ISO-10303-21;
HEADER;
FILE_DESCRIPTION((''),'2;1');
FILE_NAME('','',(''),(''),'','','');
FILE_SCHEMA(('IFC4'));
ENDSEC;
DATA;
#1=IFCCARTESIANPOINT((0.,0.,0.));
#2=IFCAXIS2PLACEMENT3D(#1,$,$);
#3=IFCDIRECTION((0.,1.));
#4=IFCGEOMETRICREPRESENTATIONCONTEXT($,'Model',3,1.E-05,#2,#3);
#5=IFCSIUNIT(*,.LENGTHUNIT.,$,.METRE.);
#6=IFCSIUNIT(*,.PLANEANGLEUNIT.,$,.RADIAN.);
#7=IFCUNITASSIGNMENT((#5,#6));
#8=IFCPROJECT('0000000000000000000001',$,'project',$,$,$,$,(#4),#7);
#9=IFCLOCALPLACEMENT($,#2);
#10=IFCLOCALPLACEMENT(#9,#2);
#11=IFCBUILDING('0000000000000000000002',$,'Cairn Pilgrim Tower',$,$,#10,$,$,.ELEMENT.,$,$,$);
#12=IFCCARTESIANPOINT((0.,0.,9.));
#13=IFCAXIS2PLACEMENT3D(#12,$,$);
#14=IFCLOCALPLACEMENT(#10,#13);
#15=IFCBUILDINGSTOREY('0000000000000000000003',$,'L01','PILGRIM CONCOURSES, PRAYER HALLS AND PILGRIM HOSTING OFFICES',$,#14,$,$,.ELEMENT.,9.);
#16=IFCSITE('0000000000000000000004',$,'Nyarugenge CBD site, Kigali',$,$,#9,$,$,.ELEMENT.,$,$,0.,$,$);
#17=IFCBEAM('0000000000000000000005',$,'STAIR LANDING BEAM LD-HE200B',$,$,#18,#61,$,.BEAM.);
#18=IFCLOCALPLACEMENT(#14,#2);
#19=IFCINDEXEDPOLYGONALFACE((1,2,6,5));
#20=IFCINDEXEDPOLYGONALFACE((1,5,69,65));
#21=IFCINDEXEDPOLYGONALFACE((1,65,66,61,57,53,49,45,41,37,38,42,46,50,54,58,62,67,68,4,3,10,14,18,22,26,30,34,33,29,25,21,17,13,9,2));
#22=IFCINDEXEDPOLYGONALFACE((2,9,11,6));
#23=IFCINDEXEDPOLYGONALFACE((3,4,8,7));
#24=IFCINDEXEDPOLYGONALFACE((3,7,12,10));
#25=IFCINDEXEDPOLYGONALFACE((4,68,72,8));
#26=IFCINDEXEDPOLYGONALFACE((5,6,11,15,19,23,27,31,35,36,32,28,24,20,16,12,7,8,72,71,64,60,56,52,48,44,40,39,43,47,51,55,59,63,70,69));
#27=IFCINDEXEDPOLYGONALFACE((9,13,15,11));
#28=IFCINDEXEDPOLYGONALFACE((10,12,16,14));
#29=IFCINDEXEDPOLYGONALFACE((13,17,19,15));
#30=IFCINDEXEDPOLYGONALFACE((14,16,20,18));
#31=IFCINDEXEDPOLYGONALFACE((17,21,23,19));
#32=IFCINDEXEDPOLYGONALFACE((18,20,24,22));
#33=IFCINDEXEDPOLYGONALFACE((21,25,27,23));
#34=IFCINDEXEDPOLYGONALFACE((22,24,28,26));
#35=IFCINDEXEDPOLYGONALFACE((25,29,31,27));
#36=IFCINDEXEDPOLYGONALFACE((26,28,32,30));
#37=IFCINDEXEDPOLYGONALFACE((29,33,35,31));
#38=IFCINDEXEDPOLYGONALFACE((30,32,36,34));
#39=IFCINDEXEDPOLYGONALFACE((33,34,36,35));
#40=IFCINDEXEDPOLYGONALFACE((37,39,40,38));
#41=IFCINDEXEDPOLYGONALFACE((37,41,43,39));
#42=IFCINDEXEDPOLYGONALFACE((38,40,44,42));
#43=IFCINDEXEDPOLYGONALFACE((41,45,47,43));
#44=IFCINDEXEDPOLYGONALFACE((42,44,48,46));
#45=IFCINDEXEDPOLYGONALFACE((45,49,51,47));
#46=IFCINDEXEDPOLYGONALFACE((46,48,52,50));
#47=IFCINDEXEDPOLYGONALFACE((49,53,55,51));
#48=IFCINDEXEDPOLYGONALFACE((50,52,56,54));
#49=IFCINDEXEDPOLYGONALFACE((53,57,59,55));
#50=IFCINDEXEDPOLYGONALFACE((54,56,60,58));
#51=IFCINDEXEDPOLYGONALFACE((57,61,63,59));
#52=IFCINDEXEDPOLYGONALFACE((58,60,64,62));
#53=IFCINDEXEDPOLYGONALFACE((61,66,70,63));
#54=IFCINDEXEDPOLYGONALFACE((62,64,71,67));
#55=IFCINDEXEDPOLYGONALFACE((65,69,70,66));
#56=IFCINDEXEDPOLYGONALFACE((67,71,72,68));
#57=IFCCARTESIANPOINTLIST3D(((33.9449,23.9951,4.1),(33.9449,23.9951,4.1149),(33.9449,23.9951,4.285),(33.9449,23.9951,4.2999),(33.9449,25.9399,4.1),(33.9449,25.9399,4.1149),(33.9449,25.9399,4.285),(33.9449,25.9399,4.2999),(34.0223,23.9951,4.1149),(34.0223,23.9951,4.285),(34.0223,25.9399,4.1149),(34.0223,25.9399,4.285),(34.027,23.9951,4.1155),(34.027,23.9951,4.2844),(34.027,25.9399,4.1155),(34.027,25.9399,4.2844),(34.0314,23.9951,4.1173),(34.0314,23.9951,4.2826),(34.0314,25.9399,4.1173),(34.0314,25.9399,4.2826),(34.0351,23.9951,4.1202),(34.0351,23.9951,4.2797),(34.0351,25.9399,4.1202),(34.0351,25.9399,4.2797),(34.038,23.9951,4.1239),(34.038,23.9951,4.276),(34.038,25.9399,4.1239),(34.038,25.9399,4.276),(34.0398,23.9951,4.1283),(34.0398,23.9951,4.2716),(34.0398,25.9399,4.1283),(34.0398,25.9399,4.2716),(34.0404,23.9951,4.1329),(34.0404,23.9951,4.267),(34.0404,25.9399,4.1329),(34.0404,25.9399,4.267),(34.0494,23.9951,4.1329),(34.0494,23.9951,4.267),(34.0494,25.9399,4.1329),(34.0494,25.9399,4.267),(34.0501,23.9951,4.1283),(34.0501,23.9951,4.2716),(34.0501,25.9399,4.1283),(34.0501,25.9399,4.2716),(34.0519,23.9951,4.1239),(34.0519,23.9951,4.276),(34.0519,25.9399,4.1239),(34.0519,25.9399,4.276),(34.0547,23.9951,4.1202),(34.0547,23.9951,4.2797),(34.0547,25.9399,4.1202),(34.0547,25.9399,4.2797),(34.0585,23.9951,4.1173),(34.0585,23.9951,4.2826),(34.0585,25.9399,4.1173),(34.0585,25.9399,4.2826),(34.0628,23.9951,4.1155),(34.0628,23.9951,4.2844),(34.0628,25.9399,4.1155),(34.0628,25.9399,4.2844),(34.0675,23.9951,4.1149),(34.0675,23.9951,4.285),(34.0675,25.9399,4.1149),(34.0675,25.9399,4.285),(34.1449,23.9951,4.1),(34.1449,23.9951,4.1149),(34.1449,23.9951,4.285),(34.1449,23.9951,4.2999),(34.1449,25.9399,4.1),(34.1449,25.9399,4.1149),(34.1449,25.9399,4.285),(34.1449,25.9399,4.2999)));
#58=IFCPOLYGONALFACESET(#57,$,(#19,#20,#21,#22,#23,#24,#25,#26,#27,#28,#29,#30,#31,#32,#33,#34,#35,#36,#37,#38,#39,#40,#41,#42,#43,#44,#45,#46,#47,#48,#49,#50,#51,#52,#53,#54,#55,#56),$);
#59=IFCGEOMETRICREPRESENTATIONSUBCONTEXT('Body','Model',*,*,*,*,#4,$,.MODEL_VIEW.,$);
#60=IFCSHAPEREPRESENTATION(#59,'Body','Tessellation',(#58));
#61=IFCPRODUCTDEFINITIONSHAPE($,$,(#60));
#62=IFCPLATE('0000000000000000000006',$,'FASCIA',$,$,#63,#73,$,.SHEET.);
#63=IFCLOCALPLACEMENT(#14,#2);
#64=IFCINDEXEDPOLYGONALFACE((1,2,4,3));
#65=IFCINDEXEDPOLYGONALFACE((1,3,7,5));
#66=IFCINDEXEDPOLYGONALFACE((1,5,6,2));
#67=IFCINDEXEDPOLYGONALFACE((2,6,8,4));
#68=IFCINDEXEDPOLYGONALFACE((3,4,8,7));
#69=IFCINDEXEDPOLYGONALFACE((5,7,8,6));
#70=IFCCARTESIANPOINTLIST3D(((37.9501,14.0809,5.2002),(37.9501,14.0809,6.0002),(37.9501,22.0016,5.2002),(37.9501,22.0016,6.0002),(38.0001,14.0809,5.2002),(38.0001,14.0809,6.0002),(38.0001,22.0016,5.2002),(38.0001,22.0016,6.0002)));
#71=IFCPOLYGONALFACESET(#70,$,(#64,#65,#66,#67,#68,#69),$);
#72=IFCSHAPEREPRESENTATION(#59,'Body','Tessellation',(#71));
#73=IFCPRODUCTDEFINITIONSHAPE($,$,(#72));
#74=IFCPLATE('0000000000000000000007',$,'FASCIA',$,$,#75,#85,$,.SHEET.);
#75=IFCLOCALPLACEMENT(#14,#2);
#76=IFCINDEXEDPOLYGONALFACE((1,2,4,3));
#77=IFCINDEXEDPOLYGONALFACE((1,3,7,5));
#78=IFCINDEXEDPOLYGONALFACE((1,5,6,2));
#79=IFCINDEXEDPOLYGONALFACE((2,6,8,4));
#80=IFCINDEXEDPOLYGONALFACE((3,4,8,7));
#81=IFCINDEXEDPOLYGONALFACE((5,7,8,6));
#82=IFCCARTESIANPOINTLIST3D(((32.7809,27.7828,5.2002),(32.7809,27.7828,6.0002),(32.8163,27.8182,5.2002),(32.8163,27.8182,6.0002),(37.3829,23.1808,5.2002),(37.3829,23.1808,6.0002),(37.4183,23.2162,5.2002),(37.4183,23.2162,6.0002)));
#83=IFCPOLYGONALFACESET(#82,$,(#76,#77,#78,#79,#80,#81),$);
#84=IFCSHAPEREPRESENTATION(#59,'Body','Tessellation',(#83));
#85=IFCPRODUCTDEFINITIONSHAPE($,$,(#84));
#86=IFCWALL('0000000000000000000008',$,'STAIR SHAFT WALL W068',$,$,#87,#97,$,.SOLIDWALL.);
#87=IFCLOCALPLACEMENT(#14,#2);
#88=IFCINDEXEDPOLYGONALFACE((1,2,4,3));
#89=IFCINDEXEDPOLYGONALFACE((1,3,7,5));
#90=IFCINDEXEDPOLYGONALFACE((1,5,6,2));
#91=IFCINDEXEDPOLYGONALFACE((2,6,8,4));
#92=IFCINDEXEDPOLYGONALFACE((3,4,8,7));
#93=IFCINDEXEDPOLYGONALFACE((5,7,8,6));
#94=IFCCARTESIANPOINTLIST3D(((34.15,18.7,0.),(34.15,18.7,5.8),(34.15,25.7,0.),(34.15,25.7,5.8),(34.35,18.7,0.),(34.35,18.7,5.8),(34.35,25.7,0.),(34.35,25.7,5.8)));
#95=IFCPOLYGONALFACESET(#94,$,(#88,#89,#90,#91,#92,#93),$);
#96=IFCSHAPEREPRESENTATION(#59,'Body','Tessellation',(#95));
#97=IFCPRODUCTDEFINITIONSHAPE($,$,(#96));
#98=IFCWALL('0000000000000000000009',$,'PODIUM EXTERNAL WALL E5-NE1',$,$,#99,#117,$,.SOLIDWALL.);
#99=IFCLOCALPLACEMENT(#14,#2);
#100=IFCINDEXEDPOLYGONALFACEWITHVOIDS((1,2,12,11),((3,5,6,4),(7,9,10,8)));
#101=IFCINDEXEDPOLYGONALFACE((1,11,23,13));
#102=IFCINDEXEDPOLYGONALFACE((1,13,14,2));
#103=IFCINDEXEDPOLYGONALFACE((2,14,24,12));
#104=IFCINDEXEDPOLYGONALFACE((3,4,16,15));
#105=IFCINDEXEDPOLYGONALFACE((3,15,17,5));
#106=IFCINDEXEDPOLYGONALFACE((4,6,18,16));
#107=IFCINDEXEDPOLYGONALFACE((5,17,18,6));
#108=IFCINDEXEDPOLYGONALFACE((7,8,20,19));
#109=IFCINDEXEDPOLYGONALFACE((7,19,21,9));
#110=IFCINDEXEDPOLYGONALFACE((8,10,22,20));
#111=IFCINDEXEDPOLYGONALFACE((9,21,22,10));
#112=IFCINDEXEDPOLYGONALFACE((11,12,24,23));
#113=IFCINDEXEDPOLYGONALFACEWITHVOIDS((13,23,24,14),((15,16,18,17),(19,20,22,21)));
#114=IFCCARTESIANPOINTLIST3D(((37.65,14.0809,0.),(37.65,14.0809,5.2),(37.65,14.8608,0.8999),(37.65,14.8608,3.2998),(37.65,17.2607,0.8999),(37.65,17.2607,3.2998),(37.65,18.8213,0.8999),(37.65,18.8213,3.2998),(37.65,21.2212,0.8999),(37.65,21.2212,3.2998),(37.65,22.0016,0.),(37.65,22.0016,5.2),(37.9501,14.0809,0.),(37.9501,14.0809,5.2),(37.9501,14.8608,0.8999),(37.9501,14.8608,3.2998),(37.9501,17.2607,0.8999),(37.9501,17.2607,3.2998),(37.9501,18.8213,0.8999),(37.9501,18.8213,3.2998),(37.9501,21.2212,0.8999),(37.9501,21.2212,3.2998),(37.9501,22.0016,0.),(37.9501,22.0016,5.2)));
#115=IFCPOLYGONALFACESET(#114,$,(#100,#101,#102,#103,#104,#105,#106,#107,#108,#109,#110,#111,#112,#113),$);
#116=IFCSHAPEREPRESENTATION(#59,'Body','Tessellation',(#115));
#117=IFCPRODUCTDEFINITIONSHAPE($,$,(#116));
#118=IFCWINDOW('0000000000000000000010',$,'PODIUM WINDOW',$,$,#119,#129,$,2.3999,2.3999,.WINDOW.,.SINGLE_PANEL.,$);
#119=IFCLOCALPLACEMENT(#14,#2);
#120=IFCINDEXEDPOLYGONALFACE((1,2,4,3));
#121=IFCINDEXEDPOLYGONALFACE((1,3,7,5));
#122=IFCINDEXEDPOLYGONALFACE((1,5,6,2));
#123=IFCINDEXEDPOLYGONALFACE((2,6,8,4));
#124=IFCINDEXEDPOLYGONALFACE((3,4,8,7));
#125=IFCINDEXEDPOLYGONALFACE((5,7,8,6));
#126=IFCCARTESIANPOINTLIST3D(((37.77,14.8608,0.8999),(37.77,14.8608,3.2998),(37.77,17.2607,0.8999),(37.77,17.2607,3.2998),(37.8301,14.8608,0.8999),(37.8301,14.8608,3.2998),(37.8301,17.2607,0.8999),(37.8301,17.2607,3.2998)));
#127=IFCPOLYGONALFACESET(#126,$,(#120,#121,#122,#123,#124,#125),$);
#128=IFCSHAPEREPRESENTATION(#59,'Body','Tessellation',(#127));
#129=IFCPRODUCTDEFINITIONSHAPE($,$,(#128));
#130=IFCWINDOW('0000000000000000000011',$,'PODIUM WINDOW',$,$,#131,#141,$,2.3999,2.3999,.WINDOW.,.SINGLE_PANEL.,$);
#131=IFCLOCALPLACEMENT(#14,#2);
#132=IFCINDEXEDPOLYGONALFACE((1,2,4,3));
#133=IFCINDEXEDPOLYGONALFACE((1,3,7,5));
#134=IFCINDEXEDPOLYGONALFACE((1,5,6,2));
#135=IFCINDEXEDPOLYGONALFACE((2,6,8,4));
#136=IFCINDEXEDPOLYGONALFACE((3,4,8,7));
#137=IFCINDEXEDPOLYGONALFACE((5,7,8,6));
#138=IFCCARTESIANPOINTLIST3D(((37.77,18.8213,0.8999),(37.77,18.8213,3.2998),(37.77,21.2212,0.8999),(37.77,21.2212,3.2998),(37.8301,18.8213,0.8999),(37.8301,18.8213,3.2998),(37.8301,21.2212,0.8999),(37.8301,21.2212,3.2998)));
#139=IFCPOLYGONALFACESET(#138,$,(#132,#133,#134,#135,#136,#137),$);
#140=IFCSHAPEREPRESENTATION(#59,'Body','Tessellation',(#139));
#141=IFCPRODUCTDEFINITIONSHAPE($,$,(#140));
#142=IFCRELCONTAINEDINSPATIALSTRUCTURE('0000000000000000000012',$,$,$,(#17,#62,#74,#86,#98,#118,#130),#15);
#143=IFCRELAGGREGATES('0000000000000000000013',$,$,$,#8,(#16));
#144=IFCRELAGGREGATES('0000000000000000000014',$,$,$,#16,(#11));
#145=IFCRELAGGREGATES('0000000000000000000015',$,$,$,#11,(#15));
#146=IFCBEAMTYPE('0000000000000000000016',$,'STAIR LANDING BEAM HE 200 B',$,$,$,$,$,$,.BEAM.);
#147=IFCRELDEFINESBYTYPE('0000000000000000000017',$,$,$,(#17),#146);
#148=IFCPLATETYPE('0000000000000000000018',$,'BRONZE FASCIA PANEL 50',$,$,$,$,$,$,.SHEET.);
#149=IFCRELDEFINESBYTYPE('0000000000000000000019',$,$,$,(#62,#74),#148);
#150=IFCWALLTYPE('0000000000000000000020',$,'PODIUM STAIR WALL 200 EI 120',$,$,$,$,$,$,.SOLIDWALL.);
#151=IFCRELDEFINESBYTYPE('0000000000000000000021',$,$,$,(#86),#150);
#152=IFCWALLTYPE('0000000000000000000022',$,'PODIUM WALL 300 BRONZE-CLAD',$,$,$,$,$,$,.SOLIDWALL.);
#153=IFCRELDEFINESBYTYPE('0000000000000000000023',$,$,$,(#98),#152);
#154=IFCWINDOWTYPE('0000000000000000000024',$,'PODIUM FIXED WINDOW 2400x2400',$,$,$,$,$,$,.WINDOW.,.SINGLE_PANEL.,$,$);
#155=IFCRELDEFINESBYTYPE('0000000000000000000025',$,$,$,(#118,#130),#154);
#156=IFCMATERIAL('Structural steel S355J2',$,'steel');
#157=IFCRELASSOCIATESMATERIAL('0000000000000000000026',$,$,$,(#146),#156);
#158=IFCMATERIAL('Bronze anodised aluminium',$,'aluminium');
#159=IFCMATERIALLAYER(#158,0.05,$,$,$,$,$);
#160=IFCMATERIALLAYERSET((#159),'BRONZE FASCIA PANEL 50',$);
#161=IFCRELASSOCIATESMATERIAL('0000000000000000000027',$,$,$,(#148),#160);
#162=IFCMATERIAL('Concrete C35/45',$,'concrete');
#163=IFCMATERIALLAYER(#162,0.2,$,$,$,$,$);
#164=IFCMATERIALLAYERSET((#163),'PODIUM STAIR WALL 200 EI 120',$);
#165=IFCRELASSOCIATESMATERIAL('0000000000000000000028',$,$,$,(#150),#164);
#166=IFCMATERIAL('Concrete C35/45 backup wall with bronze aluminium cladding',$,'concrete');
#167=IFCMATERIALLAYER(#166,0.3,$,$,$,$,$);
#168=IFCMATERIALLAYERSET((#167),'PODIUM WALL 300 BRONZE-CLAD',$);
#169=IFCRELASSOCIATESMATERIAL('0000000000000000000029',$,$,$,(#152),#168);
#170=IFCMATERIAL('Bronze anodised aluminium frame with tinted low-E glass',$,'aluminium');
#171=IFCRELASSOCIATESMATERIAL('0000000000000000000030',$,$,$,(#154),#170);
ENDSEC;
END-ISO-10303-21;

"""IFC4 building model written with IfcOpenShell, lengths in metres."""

from ifc_helpers import new_model, si_unit, direction, frame, frame_2d, origin, origin_2d, place, context, subcontext, project, spatial, rectangle, i_section, extrude, material, layer, layer_set, material_profile, profile_set, type_object, element, fill, save


model = new_model("IFC4")

# Units and contexts
model_context = context("Model", 3, precision=1e-05, world=origin(), true_north=direction((0.0, 1.0)))
body_context = subcontext(model_context, "Body", "Model", "MODEL_VIEW")
ifc_project = project(units=[si_unit("LENGTHUNIT", "METRE"), si_unit("PLANEANGLEUNIT", "RADIAN")], contexts=[model_context])

# Site, building, storey
site_placement = place(None, origin())
site = spatial("IfcSite", under=ifc_project, at=site_placement, Name="Nyarugenge CBD site, Kigali", CompositionType="ELEMENT", RefElevation=0.0)
building_placement = place(site_placement, origin())
building = spatial("IfcBuilding", under=site, at=building_placement, Name="Cairn Pilgrim Tower", CompositionType="ELEMENT")
storey_placement = place(building_placement, frame((0.0, 0.0, 9.0)))
storey = spatial("IfcBuildingStorey", under=building, at=storey_placement, Name="L01", Description="PILGRIM CONCOURSES, PRAYER HALLS AND PILGRIM HOSTING OFFICES", CompositionType="ELEMENT", Elevation=9.0)

# Shared definitions
ifc_material_1 = material(Name="Structural steel S355J2", Category="steel")

# Beam
ifc_material_profile_1 = material_profile(ifc_material_1, i_section(OverallWidth=0.2, OverallDepth=0.2, WebThickness=0.009, FlangeThickness=0.0149, FilletRadius=0.0181, at=origin_2d()), Name="HE 200 B")
ifc_profile_set_1 = profile_set([ifc_material_profile_1], Name="Structural steel S355J2")
beam_type_1 = type_object("IfcBeamType", Name="STAIR LANDING BEAM HE 200 B", PredefinedType="BEAM", material=ifc_profile_set_1)
beam_1_placement = place(storey_placement, frame((34.0449, 25.9399, 4.2), z_axis=(0.0, -1.0, 0.0), x_axis=(1.0, 0.0, 0.0)))
element("IfcBeam", 1, at=beam_1_placement, inside=storey, type_object=beam_type_1, Name="STAIR LANDING BEAM LD-HE200B", PredefinedType="BEAM", context=body_context, shape_type="SweptSolid", body=[
    extrude(i_section(OverallWidth=0.2, OverallDepth=0.2, WebThickness=0.009, FlangeThickness=0.0149, FilletRadius=0.0181, at=origin_2d()), origin(), (0.0, 0.0, 1.0), 1.9448),
])

# Plates
ifc_material_2 = material(Name="Bronze anodised aluminium", Category="aluminium")
ifc_layer_1 = layer(ifc_material_2, 0.05)
ifc_layer_set_1 = layer_set([ifc_layer_1], Name="BRONZE FASCIA PANEL 50")
plate_type = type_object("IfcPlateType", Name="BRONZE FASCIA PANEL 50", PredefinedType="SHEET", material=ifc_layer_set_1)
plate_1_placement = place(storey_placement, frame((37.9751, 18.0413, 5.2002), z_axis=(0.0, 0.0, 1.0), x_axis=(0.0, 1.0, 0.0)))
element("IfcPlate", 2, at=plate_1_placement, inside=storey, type_object=plate_type, Name="FASCIA", PredefinedType="SHEET", context=body_context, shape_type="SweptSolid", body=[
    extrude(rectangle(XDim=7.9207, YDim=0.05, at=origin_2d()), origin(), (0.0, 0.0, 1.0), 0.8),
])
plate_2_placement = place(storey_placement, frame((35.0996, 25.4995, 5.2002), z_axis=(0.0, 0.0, 1.0), x_axis=(-0.707107, 0.707107, 0.0)))
element("IfcPlate", 3, at=plate_2_placement, inside=storey, type_object=plate_type, Name="FASCIA", PredefinedType="SHEET", context=body_context, shape_type="SweptSolid", body=[
    extrude(rectangle(XDim=6.5083, YDim=0.05, at=origin_2d()), origin(), (0.0, 0.0, 1.0), 0.8),
])

# Wall
ifc_material_3 = material(Name="Concrete C35/45", Category="concrete")
ifc_layer_2 = layer(ifc_material_3, 0.2)
ifc_layer_set_2 = layer_set([ifc_layer_2], Name="PODIUM STAIR WALL 200 EI 120")
wall_type_1 = type_object("IfcWallType", Name="PODIUM STAIR WALL 200 EI 120", PredefinedType="SOLIDWALL", material=ifc_layer_set_2)
wall_1_placement = place(storey_placement, frame((34.25, 18.7, 0.0), z_axis=(0.0, 0.0, 1.0), x_axis=(0.0, 1.0, 0.0)))
element("IfcWall", 4, at=wall_1_placement, inside=storey, type_object=wall_type_1, Name="STAIR SHAFT WALL W068", PredefinedType="SOLIDWALL", context=body_context, shape_type="SweptSolid", body=[
    extrude(rectangle(XDim=7.0, YDim=0.2, at=frame_2d((3.5, 0.0))), origin(), (0.0, 0.0, 1.0), 5.8),
])

# Wall, openings, windows
ifc_material_4 = material(Name="Concrete C35/45 backup wall with bronze aluminium cladding", Category="concrete")
ifc_layer_3 = layer(ifc_material_4, 0.3)
ifc_layer_set_3 = layer_set([ifc_layer_3], Name="PODIUM WALL 300 BRONZE-CLAD")
wall_type_2 = type_object("IfcWallType", Name="PODIUM WALL 300 BRONZE-CLAD", PredefinedType="SOLIDWALL", material=ifc_layer_set_3)
wall_2_placement = place(storey_placement, frame((37.8, 14.0808, 0.0), z_axis=(0.0, 0.0, 1.0), x_axis=(0.0, 1.0, 0.0)))
wall_2 = element("IfcWall", 5, at=wall_2_placement, inside=storey, type_object=wall_type_2, Name="PODIUM EXTERNAL WALL E5-NE1", PredefinedType="SOLIDWALL", context=body_context, shape_type="SweptSolid", body=[
    extrude(rectangle(XDim=7.9207, YDim=0.3, at=frame_2d((3.9604, 0.0))), origin(), (0.0, 0.0, 1.0), 5.2),
])
opening_1_placement = place(wall_2_placement, frame((0.78, 0.0, 0.8999)))
opening_1 = element("IfcOpeningElement", 6, at=opening_1_placement, cuts=wall_2, PredefinedType="OPENING", context=body_context, shape_type="SweptSolid", body=[
    extrude(rectangle(XDim=2.3999, YDim=2.3999, at=frame_2d((1.2, 1.2))), frame((0.0, 0.1602, 0.0), z_axis=(0.0, -1.0, 0.0), x_axis=(1.0, 0.0, 0.0)), (0.0, 0.0, 1.0), 0.3201),
])
opening_2_placement = place(wall_2_placement, frame((4.7405, 0.0, 0.8999)))
opening_2 = element("IfcOpeningElement", 7, at=opening_2_placement, cuts=wall_2, PredefinedType="OPENING", context=body_context, shape_type="SweptSolid", body=[
    extrude(rectangle(XDim=2.3999, YDim=2.3999, at=frame_2d((1.2, 1.2))), frame((0.0, 0.1602, 0.0), z_axis=(0.0, -1.0, 0.0), x_axis=(1.0, 0.0, 0.0)), (0.0, 0.0, 1.0), 0.3201),
])
ifc_material_5 = material(Name="Bronze anodised aluminium frame with tinted low-E glass", Category="aluminium")
window_type = type_object("IfcWindowType", Name="PODIUM FIXED WINDOW 2400x2400", PartitioningType="SINGLE_PANEL", PredefinedType="WINDOW", material=ifc_material_5)
window_1_placement = place(opening_1_placement, origin())
window_1 = element("IfcWindow", 8, at=window_1_placement, inside=storey, type_object=window_type, Name="PODIUM WINDOW", OverallHeight=2.3999, OverallWidth=2.3999, PartitioningType="SINGLE_PANEL", PredefinedType="WINDOW", context=body_context, shape_type="SweptSolid", body=[
    extrude(rectangle(XDim=2.3999, YDim=2.3999, at=frame_2d((1.2, 1.2))), frame((0.0, 0.03, 0.0), z_axis=(0.0, -1.0, 0.0), x_axis=(1.0, 0.0, 0.0)), (0.0, 0.0, 1.0), 0.0601),
])
fill(opening_1, window_1)
window_2_placement = place(opening_2_placement, origin())
window_2 = element("IfcWindow", 9, at=window_2_placement, inside=storey, type_object=window_type, Name="PODIUM WINDOW", OverallHeight=2.3999, OverallWidth=2.3999, PartitioningType="SINGLE_PANEL", PredefinedType="WINDOW", context=body_context, shape_type="SweptSolid", body=[
    extrude(rectangle(XDim=2.3999, YDim=2.3999, at=frame_2d((1.2, 1.2))), frame((0.0, 0.03, 0.0), z_axis=(0.0, -1.0, 0.0), x_axis=(1.0, 0.0, 0.0)), (0.0, 0.0, 1.0), 0.0601),
])
fill(opening_2, window_2)

save(model, "model.ifc")
